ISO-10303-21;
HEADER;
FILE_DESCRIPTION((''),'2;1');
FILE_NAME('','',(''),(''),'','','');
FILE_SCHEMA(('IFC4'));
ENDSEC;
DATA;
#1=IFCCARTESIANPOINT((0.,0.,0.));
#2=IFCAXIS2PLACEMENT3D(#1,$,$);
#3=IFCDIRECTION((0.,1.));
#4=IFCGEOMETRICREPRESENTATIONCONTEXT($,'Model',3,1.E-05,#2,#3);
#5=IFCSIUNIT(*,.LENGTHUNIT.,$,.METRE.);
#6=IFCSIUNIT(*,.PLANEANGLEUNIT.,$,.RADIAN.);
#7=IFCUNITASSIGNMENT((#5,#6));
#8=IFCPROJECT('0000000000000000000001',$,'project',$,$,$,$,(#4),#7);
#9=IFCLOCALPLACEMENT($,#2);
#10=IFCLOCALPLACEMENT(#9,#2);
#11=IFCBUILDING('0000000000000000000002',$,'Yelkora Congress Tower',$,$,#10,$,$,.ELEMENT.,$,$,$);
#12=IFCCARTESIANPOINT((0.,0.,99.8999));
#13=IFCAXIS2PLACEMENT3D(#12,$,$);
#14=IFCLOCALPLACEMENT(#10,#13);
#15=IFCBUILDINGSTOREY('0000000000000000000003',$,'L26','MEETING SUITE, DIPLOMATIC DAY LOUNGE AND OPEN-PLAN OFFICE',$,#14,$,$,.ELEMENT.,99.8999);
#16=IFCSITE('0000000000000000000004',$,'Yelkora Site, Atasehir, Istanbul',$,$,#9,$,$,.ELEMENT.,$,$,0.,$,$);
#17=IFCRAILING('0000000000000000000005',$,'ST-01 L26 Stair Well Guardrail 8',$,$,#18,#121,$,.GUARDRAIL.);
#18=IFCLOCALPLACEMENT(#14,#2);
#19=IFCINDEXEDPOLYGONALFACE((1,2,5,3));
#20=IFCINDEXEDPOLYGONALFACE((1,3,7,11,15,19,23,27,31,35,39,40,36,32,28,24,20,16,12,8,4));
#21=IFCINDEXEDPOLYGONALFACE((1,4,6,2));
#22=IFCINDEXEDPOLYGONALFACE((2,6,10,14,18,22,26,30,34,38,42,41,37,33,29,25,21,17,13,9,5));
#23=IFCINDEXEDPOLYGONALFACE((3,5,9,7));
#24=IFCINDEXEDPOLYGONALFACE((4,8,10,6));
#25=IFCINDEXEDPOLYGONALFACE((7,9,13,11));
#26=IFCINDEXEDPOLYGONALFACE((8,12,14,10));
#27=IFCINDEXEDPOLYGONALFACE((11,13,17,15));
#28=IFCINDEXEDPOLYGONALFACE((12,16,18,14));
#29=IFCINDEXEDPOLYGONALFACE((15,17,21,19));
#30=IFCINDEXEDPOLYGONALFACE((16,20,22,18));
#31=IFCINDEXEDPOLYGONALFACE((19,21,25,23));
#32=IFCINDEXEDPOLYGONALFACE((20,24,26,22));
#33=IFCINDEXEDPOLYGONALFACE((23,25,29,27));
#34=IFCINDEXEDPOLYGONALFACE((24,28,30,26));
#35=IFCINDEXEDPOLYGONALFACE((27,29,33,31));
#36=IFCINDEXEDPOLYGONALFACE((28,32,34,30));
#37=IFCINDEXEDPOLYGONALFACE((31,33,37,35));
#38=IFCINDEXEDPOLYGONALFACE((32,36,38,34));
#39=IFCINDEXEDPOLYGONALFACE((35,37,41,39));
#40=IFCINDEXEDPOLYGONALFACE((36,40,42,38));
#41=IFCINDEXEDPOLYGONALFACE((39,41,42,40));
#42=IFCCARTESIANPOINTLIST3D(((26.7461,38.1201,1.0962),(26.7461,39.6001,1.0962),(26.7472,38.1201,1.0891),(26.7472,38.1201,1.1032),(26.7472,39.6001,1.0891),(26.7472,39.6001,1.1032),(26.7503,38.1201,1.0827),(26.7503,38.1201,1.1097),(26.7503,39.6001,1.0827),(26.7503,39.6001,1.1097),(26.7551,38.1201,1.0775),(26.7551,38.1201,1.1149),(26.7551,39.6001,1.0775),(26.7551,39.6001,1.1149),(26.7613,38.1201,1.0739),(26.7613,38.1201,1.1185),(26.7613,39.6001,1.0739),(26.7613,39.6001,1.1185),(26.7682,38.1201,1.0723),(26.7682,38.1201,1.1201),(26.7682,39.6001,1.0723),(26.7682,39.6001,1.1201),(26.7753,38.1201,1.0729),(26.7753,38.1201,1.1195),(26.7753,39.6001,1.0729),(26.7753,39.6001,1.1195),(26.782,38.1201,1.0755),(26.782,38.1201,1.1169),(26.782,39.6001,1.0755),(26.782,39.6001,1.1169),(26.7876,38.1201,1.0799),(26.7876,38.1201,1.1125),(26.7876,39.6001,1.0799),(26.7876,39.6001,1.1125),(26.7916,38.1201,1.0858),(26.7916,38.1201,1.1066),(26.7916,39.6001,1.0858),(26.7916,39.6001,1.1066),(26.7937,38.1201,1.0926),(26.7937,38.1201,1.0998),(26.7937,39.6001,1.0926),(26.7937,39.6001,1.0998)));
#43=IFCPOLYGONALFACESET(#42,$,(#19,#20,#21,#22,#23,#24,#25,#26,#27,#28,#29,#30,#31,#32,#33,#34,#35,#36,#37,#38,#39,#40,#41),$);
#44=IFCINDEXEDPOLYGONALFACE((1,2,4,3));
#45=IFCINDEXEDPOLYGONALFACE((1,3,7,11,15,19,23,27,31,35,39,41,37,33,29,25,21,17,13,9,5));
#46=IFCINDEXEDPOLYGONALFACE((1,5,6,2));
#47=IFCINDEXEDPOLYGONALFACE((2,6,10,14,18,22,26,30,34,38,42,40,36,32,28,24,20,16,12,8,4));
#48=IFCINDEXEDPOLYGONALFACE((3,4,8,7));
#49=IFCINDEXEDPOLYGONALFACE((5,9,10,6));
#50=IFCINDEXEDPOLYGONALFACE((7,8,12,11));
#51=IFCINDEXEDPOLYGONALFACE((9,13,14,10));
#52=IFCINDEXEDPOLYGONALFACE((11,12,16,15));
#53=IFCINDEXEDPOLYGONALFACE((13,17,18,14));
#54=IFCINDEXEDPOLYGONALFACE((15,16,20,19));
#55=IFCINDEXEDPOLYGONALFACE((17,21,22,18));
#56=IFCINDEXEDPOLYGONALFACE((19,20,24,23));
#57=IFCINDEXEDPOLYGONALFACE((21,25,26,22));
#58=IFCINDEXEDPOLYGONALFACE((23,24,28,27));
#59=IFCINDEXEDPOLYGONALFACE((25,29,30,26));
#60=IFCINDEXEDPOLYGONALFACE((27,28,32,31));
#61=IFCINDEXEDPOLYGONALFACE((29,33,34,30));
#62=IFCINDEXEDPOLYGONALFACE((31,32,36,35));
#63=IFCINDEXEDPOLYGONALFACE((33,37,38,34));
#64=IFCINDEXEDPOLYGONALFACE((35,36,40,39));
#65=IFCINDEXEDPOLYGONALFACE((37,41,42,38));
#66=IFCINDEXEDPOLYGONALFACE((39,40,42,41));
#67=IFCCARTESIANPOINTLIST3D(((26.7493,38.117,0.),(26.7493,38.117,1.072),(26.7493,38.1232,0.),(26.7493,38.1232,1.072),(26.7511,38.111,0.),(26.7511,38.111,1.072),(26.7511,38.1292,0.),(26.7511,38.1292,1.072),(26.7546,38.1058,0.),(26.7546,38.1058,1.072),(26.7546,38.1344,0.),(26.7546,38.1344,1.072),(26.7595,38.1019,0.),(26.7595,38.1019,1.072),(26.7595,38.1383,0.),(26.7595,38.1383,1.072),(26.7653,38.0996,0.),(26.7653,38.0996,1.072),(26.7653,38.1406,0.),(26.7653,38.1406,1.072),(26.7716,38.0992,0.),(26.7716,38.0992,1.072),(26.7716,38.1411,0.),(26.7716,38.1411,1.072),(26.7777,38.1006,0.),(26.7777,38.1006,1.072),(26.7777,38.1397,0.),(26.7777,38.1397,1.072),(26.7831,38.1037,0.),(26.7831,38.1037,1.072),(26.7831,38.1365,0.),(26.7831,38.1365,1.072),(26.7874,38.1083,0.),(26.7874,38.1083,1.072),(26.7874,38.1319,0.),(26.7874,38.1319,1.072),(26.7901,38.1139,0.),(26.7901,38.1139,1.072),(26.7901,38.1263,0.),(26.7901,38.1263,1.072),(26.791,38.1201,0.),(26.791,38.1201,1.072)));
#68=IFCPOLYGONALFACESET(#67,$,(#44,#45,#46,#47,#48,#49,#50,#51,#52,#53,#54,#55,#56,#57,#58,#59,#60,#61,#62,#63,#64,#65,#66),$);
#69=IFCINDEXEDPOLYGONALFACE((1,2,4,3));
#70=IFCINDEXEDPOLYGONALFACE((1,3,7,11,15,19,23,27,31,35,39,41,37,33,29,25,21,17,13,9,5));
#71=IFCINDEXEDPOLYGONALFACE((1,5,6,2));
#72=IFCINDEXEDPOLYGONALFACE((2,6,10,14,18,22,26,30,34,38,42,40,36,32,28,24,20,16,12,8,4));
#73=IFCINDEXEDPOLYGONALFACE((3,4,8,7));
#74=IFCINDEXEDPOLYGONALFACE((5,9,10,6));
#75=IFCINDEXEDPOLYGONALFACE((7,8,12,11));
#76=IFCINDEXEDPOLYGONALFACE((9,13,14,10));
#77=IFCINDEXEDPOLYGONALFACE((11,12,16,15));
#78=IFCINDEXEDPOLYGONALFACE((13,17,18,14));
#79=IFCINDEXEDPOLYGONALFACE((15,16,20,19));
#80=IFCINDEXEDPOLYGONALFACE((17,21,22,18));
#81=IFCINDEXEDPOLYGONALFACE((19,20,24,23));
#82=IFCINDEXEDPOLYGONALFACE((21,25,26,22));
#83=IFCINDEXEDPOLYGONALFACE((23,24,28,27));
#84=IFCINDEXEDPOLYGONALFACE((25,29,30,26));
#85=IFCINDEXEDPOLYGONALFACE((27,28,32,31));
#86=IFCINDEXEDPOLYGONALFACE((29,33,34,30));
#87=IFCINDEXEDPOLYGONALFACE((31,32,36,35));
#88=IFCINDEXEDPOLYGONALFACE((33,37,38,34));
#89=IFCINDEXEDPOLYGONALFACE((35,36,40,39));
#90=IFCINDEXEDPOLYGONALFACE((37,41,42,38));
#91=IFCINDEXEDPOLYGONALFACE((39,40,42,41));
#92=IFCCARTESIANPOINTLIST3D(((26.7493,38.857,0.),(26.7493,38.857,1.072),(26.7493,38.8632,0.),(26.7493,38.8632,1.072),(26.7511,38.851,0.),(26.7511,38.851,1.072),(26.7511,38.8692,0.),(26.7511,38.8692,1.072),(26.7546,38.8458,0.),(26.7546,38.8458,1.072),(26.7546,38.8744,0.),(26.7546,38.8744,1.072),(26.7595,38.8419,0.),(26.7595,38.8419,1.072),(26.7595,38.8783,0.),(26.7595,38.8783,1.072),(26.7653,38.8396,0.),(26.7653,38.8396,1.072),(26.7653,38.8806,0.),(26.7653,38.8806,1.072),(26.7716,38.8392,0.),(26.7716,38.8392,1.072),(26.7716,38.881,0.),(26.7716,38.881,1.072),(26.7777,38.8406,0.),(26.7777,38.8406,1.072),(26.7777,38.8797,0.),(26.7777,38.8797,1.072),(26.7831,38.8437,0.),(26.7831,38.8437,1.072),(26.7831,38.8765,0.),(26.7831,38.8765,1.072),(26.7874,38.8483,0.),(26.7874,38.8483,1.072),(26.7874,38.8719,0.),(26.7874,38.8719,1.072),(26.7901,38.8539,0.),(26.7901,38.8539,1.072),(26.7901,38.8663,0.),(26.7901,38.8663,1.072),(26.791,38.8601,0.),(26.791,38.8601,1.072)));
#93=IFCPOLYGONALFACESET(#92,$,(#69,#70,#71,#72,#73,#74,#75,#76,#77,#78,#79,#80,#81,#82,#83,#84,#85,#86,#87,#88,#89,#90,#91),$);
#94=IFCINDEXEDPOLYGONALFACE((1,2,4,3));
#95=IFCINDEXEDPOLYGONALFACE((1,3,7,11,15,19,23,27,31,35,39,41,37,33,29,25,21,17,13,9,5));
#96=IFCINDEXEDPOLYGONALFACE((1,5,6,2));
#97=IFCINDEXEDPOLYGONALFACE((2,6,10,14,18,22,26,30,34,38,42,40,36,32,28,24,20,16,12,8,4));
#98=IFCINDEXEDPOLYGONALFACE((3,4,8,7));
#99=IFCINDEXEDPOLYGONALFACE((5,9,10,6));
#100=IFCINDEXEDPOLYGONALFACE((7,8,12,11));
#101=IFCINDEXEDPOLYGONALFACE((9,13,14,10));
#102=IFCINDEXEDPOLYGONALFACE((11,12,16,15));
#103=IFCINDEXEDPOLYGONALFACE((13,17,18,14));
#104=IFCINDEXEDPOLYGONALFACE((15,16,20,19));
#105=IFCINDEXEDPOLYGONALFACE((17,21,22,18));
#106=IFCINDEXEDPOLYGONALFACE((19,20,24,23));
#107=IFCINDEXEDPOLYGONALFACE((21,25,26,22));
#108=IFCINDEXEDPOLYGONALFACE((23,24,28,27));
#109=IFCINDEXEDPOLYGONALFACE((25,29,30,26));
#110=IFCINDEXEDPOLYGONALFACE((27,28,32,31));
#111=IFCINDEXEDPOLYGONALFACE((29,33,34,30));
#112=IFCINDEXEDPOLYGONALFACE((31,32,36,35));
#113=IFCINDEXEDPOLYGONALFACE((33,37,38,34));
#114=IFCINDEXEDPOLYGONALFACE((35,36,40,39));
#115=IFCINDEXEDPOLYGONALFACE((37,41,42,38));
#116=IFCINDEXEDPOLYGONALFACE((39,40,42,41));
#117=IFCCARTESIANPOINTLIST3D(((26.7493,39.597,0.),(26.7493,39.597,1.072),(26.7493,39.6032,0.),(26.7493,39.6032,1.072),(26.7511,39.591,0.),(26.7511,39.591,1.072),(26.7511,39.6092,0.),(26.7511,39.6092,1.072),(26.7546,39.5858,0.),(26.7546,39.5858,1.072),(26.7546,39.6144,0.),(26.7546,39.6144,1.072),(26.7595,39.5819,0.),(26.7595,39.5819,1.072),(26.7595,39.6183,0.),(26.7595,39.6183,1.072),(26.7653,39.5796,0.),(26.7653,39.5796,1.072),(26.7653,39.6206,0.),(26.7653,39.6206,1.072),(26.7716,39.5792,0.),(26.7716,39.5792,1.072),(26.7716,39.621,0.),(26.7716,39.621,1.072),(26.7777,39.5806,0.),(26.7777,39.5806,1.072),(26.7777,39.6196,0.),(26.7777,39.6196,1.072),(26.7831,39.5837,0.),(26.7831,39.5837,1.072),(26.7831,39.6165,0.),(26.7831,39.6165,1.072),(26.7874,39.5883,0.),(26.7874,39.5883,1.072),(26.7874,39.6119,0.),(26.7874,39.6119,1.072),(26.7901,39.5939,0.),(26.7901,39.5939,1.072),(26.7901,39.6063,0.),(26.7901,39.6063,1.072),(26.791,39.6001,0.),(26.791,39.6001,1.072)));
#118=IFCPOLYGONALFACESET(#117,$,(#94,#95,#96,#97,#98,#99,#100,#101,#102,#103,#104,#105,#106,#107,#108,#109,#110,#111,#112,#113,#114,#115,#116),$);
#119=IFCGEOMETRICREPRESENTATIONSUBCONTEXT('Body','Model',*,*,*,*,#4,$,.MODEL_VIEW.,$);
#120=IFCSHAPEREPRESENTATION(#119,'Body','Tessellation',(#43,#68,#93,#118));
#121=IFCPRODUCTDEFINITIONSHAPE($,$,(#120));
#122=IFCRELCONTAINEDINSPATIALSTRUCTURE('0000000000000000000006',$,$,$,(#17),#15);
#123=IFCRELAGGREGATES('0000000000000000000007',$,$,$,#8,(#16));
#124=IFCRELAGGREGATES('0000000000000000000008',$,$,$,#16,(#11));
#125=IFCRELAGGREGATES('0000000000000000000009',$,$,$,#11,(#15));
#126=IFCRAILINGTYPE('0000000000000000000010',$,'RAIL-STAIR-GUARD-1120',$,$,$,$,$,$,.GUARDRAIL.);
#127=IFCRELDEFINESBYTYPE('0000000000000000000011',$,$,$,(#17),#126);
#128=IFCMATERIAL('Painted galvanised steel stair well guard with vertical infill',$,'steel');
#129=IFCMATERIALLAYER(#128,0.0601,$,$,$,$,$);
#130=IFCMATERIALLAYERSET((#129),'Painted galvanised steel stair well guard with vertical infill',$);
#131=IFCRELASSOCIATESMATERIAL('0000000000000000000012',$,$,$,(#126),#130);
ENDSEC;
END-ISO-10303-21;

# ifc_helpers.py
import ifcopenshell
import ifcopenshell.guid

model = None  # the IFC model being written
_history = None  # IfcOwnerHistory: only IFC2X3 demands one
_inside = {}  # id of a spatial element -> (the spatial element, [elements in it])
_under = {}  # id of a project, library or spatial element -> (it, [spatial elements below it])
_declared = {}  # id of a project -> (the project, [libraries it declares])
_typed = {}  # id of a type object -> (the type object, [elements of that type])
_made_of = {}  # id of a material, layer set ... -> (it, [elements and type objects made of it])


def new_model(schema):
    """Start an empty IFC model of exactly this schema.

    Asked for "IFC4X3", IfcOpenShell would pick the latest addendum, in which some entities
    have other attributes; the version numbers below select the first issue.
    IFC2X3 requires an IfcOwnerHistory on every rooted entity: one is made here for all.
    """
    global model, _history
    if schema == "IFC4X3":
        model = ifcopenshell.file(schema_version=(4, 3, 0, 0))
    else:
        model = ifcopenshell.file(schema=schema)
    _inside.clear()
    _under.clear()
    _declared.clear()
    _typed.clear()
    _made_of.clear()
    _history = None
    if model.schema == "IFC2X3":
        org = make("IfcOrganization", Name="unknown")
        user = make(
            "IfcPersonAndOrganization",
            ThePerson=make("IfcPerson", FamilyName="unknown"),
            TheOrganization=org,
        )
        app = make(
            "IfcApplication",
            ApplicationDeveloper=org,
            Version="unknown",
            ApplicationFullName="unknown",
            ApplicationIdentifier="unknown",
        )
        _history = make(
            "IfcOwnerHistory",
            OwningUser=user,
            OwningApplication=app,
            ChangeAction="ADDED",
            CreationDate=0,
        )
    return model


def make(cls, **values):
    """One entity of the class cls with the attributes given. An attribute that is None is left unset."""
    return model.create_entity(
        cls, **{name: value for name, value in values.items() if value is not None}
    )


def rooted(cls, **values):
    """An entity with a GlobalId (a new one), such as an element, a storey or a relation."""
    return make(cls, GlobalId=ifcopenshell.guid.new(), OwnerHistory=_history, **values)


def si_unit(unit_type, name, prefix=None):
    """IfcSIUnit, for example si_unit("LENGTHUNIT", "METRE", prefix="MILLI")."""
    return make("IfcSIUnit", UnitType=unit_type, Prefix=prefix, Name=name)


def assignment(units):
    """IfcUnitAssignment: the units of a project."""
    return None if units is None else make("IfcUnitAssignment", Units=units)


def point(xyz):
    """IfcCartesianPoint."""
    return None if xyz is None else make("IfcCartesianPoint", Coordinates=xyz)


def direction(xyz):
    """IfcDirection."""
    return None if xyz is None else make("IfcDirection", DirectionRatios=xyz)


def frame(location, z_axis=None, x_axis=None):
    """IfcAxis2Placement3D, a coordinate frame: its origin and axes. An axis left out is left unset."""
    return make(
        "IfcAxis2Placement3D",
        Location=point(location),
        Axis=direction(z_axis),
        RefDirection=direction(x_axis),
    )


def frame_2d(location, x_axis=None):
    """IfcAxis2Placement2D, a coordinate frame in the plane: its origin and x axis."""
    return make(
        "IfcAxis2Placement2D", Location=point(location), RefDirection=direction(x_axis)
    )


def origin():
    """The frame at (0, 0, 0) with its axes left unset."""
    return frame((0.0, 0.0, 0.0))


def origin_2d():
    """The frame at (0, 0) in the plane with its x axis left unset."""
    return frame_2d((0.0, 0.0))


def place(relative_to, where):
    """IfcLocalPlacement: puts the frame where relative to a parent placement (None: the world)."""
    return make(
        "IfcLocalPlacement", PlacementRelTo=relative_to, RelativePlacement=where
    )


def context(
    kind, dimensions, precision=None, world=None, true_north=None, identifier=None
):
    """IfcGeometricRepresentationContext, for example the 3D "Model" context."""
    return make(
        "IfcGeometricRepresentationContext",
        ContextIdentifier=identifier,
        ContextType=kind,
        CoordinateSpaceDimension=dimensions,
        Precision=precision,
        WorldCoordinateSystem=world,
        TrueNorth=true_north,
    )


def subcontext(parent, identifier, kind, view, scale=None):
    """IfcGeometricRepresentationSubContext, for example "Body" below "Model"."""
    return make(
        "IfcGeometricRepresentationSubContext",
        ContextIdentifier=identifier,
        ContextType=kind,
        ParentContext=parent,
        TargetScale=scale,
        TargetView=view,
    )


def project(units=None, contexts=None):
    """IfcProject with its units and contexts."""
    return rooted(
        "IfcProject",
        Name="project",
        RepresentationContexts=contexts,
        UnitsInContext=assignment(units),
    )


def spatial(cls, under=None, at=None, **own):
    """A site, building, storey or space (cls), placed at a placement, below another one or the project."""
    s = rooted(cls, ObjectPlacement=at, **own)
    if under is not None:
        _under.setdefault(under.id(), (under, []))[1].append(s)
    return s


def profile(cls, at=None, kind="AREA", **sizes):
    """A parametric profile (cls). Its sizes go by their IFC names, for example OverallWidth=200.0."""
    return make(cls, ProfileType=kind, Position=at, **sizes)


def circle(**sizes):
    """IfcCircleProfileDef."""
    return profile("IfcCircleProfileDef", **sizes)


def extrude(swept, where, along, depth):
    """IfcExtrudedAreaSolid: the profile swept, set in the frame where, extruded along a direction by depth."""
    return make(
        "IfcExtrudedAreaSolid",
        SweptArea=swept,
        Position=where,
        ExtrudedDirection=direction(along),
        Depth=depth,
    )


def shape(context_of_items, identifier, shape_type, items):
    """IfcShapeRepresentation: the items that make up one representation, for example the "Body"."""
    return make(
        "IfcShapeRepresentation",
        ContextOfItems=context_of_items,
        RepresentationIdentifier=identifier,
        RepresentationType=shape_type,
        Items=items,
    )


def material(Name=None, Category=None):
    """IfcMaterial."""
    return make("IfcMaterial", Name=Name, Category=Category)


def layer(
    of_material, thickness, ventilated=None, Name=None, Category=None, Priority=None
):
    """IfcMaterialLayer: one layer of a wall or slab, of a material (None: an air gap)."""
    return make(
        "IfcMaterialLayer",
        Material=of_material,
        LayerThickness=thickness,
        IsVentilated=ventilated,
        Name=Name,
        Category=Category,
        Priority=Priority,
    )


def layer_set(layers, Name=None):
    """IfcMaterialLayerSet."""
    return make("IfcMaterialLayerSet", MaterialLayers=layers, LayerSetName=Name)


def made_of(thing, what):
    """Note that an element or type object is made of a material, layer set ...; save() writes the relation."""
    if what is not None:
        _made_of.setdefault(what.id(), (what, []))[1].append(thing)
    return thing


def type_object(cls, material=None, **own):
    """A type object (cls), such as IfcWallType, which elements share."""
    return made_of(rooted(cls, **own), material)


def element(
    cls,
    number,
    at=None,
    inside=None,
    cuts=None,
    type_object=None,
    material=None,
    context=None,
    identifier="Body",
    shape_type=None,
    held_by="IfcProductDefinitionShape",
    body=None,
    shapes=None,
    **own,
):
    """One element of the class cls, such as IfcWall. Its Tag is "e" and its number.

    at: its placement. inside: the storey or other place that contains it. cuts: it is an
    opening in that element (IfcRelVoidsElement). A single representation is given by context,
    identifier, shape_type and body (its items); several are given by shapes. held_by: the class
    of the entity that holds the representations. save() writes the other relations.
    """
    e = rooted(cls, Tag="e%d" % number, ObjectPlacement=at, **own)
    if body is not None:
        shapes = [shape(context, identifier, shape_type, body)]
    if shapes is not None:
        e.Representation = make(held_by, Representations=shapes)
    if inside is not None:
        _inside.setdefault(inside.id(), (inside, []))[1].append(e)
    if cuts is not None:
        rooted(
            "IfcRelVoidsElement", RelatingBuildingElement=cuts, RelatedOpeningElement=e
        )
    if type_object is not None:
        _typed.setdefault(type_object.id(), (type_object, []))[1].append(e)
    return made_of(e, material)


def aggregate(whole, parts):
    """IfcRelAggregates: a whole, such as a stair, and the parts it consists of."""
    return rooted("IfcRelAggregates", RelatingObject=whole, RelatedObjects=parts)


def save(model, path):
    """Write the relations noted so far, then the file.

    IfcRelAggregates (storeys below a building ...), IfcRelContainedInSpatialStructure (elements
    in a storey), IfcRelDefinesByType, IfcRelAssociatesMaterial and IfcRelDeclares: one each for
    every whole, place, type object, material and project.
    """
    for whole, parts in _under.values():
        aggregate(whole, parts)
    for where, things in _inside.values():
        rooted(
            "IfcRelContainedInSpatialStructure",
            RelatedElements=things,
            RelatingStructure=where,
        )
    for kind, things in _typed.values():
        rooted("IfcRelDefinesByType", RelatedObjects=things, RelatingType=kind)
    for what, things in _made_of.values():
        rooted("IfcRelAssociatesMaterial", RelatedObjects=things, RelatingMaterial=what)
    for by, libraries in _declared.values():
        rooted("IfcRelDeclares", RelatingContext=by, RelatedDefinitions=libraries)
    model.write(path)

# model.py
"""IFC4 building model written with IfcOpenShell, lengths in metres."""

from ifc_helpers import new_model, si_unit, direction, frame, origin, origin_2d, place, context, subcontext, project, spatial, circle, extrude, material, layer, layer_set, type_object, element, save


model = new_model("IFC4")

# Units and contexts
model_context = context("Model", 3, precision=1e-05, world=origin(), true_north=direction((0.0, 1.0)))
body_context = subcontext(model_context, "Body", "Model", "MODEL_VIEW")
ifc_project = project(units=[si_unit("LENGTHUNIT", "METRE"), si_unit("PLANEANGLEUNIT", "RADIAN")], contexts=[model_context])

# Site, building, storey
site_placement = place(None, origin())
site = spatial("IfcSite", under=ifc_project, at=site_placement, Name="Yelkora Site, Atasehir, Istanbul", CompositionType="ELEMENT", RefElevation=0.0)
building_placement = place(site_placement, origin())
building = spatial("IfcBuilding", under=site, at=building_placement, Name="Yelkora Congress Tower", CompositionType="ELEMENT")
storey_placement = place(building_placement, frame((0.0, 0.0, 99.8999)))
storey = spatial("IfcBuildingStorey", under=building, at=storey_placement, Name="L26", Description="MEETING SUITE, DIPLOMATIC DAY LOUNGE AND OPEN-PLAN OFFICE", CompositionType="ELEMENT", Elevation=99.8999)

# Railing
ifc_material_1 = material(Name="Painted galvanised steel stair well guard with vertical infill", Category="steel")
ifc_layer_1 = layer(ifc_material_1, 0.0601)
ifc_layer_set_1 = layer_set([ifc_layer_1], Name="Painted galvanised steel stair well guard with vertical infill")
railing_type_1 = type_object("IfcRailingType", Name="RAIL-STAIR-GUARD-1120", PredefinedType="GUARDRAIL", material=ifc_layer_set_1)
railing_1_placement = place(storey_placement, frame((26.77, 38.1201, 0.0)))
element("IfcRailing", 1, at=railing_1_placement, inside=storey, type_object=railing_type_1, Name="ST-01 L26 Stair Well Guardrail 8", PredefinedType="GUARDRAIL", context=body_context, shape_type="SweptSolid", body=[
    extrude(circle(Radius=0.0239, at=origin_2d()), frame((0.0, 0.0, 1.0962), z_axis=(0.0, 1.0, 0.0), x_axis=(-1.0, 0.0, 0.0)), (0.0, 0.0, 1.0), 1.48),
    extrude(circle(Radius=0.021, at=origin_2d()), origin(), (0.0, 0.0, 1.0), 1.072),
    extrude(circle(Radius=0.021, at=origin_2d()), frame((0.0, 0.74, 0.0)), (0.0, 0.0, 1.0), 1.072),
    extrude(circle(Radius=0.021, at=origin_2d()), frame((0.0, 1.48, 0.0)), (0.0, 0.0, 1.0), 1.072),
])

save(model, "model.ifc")
